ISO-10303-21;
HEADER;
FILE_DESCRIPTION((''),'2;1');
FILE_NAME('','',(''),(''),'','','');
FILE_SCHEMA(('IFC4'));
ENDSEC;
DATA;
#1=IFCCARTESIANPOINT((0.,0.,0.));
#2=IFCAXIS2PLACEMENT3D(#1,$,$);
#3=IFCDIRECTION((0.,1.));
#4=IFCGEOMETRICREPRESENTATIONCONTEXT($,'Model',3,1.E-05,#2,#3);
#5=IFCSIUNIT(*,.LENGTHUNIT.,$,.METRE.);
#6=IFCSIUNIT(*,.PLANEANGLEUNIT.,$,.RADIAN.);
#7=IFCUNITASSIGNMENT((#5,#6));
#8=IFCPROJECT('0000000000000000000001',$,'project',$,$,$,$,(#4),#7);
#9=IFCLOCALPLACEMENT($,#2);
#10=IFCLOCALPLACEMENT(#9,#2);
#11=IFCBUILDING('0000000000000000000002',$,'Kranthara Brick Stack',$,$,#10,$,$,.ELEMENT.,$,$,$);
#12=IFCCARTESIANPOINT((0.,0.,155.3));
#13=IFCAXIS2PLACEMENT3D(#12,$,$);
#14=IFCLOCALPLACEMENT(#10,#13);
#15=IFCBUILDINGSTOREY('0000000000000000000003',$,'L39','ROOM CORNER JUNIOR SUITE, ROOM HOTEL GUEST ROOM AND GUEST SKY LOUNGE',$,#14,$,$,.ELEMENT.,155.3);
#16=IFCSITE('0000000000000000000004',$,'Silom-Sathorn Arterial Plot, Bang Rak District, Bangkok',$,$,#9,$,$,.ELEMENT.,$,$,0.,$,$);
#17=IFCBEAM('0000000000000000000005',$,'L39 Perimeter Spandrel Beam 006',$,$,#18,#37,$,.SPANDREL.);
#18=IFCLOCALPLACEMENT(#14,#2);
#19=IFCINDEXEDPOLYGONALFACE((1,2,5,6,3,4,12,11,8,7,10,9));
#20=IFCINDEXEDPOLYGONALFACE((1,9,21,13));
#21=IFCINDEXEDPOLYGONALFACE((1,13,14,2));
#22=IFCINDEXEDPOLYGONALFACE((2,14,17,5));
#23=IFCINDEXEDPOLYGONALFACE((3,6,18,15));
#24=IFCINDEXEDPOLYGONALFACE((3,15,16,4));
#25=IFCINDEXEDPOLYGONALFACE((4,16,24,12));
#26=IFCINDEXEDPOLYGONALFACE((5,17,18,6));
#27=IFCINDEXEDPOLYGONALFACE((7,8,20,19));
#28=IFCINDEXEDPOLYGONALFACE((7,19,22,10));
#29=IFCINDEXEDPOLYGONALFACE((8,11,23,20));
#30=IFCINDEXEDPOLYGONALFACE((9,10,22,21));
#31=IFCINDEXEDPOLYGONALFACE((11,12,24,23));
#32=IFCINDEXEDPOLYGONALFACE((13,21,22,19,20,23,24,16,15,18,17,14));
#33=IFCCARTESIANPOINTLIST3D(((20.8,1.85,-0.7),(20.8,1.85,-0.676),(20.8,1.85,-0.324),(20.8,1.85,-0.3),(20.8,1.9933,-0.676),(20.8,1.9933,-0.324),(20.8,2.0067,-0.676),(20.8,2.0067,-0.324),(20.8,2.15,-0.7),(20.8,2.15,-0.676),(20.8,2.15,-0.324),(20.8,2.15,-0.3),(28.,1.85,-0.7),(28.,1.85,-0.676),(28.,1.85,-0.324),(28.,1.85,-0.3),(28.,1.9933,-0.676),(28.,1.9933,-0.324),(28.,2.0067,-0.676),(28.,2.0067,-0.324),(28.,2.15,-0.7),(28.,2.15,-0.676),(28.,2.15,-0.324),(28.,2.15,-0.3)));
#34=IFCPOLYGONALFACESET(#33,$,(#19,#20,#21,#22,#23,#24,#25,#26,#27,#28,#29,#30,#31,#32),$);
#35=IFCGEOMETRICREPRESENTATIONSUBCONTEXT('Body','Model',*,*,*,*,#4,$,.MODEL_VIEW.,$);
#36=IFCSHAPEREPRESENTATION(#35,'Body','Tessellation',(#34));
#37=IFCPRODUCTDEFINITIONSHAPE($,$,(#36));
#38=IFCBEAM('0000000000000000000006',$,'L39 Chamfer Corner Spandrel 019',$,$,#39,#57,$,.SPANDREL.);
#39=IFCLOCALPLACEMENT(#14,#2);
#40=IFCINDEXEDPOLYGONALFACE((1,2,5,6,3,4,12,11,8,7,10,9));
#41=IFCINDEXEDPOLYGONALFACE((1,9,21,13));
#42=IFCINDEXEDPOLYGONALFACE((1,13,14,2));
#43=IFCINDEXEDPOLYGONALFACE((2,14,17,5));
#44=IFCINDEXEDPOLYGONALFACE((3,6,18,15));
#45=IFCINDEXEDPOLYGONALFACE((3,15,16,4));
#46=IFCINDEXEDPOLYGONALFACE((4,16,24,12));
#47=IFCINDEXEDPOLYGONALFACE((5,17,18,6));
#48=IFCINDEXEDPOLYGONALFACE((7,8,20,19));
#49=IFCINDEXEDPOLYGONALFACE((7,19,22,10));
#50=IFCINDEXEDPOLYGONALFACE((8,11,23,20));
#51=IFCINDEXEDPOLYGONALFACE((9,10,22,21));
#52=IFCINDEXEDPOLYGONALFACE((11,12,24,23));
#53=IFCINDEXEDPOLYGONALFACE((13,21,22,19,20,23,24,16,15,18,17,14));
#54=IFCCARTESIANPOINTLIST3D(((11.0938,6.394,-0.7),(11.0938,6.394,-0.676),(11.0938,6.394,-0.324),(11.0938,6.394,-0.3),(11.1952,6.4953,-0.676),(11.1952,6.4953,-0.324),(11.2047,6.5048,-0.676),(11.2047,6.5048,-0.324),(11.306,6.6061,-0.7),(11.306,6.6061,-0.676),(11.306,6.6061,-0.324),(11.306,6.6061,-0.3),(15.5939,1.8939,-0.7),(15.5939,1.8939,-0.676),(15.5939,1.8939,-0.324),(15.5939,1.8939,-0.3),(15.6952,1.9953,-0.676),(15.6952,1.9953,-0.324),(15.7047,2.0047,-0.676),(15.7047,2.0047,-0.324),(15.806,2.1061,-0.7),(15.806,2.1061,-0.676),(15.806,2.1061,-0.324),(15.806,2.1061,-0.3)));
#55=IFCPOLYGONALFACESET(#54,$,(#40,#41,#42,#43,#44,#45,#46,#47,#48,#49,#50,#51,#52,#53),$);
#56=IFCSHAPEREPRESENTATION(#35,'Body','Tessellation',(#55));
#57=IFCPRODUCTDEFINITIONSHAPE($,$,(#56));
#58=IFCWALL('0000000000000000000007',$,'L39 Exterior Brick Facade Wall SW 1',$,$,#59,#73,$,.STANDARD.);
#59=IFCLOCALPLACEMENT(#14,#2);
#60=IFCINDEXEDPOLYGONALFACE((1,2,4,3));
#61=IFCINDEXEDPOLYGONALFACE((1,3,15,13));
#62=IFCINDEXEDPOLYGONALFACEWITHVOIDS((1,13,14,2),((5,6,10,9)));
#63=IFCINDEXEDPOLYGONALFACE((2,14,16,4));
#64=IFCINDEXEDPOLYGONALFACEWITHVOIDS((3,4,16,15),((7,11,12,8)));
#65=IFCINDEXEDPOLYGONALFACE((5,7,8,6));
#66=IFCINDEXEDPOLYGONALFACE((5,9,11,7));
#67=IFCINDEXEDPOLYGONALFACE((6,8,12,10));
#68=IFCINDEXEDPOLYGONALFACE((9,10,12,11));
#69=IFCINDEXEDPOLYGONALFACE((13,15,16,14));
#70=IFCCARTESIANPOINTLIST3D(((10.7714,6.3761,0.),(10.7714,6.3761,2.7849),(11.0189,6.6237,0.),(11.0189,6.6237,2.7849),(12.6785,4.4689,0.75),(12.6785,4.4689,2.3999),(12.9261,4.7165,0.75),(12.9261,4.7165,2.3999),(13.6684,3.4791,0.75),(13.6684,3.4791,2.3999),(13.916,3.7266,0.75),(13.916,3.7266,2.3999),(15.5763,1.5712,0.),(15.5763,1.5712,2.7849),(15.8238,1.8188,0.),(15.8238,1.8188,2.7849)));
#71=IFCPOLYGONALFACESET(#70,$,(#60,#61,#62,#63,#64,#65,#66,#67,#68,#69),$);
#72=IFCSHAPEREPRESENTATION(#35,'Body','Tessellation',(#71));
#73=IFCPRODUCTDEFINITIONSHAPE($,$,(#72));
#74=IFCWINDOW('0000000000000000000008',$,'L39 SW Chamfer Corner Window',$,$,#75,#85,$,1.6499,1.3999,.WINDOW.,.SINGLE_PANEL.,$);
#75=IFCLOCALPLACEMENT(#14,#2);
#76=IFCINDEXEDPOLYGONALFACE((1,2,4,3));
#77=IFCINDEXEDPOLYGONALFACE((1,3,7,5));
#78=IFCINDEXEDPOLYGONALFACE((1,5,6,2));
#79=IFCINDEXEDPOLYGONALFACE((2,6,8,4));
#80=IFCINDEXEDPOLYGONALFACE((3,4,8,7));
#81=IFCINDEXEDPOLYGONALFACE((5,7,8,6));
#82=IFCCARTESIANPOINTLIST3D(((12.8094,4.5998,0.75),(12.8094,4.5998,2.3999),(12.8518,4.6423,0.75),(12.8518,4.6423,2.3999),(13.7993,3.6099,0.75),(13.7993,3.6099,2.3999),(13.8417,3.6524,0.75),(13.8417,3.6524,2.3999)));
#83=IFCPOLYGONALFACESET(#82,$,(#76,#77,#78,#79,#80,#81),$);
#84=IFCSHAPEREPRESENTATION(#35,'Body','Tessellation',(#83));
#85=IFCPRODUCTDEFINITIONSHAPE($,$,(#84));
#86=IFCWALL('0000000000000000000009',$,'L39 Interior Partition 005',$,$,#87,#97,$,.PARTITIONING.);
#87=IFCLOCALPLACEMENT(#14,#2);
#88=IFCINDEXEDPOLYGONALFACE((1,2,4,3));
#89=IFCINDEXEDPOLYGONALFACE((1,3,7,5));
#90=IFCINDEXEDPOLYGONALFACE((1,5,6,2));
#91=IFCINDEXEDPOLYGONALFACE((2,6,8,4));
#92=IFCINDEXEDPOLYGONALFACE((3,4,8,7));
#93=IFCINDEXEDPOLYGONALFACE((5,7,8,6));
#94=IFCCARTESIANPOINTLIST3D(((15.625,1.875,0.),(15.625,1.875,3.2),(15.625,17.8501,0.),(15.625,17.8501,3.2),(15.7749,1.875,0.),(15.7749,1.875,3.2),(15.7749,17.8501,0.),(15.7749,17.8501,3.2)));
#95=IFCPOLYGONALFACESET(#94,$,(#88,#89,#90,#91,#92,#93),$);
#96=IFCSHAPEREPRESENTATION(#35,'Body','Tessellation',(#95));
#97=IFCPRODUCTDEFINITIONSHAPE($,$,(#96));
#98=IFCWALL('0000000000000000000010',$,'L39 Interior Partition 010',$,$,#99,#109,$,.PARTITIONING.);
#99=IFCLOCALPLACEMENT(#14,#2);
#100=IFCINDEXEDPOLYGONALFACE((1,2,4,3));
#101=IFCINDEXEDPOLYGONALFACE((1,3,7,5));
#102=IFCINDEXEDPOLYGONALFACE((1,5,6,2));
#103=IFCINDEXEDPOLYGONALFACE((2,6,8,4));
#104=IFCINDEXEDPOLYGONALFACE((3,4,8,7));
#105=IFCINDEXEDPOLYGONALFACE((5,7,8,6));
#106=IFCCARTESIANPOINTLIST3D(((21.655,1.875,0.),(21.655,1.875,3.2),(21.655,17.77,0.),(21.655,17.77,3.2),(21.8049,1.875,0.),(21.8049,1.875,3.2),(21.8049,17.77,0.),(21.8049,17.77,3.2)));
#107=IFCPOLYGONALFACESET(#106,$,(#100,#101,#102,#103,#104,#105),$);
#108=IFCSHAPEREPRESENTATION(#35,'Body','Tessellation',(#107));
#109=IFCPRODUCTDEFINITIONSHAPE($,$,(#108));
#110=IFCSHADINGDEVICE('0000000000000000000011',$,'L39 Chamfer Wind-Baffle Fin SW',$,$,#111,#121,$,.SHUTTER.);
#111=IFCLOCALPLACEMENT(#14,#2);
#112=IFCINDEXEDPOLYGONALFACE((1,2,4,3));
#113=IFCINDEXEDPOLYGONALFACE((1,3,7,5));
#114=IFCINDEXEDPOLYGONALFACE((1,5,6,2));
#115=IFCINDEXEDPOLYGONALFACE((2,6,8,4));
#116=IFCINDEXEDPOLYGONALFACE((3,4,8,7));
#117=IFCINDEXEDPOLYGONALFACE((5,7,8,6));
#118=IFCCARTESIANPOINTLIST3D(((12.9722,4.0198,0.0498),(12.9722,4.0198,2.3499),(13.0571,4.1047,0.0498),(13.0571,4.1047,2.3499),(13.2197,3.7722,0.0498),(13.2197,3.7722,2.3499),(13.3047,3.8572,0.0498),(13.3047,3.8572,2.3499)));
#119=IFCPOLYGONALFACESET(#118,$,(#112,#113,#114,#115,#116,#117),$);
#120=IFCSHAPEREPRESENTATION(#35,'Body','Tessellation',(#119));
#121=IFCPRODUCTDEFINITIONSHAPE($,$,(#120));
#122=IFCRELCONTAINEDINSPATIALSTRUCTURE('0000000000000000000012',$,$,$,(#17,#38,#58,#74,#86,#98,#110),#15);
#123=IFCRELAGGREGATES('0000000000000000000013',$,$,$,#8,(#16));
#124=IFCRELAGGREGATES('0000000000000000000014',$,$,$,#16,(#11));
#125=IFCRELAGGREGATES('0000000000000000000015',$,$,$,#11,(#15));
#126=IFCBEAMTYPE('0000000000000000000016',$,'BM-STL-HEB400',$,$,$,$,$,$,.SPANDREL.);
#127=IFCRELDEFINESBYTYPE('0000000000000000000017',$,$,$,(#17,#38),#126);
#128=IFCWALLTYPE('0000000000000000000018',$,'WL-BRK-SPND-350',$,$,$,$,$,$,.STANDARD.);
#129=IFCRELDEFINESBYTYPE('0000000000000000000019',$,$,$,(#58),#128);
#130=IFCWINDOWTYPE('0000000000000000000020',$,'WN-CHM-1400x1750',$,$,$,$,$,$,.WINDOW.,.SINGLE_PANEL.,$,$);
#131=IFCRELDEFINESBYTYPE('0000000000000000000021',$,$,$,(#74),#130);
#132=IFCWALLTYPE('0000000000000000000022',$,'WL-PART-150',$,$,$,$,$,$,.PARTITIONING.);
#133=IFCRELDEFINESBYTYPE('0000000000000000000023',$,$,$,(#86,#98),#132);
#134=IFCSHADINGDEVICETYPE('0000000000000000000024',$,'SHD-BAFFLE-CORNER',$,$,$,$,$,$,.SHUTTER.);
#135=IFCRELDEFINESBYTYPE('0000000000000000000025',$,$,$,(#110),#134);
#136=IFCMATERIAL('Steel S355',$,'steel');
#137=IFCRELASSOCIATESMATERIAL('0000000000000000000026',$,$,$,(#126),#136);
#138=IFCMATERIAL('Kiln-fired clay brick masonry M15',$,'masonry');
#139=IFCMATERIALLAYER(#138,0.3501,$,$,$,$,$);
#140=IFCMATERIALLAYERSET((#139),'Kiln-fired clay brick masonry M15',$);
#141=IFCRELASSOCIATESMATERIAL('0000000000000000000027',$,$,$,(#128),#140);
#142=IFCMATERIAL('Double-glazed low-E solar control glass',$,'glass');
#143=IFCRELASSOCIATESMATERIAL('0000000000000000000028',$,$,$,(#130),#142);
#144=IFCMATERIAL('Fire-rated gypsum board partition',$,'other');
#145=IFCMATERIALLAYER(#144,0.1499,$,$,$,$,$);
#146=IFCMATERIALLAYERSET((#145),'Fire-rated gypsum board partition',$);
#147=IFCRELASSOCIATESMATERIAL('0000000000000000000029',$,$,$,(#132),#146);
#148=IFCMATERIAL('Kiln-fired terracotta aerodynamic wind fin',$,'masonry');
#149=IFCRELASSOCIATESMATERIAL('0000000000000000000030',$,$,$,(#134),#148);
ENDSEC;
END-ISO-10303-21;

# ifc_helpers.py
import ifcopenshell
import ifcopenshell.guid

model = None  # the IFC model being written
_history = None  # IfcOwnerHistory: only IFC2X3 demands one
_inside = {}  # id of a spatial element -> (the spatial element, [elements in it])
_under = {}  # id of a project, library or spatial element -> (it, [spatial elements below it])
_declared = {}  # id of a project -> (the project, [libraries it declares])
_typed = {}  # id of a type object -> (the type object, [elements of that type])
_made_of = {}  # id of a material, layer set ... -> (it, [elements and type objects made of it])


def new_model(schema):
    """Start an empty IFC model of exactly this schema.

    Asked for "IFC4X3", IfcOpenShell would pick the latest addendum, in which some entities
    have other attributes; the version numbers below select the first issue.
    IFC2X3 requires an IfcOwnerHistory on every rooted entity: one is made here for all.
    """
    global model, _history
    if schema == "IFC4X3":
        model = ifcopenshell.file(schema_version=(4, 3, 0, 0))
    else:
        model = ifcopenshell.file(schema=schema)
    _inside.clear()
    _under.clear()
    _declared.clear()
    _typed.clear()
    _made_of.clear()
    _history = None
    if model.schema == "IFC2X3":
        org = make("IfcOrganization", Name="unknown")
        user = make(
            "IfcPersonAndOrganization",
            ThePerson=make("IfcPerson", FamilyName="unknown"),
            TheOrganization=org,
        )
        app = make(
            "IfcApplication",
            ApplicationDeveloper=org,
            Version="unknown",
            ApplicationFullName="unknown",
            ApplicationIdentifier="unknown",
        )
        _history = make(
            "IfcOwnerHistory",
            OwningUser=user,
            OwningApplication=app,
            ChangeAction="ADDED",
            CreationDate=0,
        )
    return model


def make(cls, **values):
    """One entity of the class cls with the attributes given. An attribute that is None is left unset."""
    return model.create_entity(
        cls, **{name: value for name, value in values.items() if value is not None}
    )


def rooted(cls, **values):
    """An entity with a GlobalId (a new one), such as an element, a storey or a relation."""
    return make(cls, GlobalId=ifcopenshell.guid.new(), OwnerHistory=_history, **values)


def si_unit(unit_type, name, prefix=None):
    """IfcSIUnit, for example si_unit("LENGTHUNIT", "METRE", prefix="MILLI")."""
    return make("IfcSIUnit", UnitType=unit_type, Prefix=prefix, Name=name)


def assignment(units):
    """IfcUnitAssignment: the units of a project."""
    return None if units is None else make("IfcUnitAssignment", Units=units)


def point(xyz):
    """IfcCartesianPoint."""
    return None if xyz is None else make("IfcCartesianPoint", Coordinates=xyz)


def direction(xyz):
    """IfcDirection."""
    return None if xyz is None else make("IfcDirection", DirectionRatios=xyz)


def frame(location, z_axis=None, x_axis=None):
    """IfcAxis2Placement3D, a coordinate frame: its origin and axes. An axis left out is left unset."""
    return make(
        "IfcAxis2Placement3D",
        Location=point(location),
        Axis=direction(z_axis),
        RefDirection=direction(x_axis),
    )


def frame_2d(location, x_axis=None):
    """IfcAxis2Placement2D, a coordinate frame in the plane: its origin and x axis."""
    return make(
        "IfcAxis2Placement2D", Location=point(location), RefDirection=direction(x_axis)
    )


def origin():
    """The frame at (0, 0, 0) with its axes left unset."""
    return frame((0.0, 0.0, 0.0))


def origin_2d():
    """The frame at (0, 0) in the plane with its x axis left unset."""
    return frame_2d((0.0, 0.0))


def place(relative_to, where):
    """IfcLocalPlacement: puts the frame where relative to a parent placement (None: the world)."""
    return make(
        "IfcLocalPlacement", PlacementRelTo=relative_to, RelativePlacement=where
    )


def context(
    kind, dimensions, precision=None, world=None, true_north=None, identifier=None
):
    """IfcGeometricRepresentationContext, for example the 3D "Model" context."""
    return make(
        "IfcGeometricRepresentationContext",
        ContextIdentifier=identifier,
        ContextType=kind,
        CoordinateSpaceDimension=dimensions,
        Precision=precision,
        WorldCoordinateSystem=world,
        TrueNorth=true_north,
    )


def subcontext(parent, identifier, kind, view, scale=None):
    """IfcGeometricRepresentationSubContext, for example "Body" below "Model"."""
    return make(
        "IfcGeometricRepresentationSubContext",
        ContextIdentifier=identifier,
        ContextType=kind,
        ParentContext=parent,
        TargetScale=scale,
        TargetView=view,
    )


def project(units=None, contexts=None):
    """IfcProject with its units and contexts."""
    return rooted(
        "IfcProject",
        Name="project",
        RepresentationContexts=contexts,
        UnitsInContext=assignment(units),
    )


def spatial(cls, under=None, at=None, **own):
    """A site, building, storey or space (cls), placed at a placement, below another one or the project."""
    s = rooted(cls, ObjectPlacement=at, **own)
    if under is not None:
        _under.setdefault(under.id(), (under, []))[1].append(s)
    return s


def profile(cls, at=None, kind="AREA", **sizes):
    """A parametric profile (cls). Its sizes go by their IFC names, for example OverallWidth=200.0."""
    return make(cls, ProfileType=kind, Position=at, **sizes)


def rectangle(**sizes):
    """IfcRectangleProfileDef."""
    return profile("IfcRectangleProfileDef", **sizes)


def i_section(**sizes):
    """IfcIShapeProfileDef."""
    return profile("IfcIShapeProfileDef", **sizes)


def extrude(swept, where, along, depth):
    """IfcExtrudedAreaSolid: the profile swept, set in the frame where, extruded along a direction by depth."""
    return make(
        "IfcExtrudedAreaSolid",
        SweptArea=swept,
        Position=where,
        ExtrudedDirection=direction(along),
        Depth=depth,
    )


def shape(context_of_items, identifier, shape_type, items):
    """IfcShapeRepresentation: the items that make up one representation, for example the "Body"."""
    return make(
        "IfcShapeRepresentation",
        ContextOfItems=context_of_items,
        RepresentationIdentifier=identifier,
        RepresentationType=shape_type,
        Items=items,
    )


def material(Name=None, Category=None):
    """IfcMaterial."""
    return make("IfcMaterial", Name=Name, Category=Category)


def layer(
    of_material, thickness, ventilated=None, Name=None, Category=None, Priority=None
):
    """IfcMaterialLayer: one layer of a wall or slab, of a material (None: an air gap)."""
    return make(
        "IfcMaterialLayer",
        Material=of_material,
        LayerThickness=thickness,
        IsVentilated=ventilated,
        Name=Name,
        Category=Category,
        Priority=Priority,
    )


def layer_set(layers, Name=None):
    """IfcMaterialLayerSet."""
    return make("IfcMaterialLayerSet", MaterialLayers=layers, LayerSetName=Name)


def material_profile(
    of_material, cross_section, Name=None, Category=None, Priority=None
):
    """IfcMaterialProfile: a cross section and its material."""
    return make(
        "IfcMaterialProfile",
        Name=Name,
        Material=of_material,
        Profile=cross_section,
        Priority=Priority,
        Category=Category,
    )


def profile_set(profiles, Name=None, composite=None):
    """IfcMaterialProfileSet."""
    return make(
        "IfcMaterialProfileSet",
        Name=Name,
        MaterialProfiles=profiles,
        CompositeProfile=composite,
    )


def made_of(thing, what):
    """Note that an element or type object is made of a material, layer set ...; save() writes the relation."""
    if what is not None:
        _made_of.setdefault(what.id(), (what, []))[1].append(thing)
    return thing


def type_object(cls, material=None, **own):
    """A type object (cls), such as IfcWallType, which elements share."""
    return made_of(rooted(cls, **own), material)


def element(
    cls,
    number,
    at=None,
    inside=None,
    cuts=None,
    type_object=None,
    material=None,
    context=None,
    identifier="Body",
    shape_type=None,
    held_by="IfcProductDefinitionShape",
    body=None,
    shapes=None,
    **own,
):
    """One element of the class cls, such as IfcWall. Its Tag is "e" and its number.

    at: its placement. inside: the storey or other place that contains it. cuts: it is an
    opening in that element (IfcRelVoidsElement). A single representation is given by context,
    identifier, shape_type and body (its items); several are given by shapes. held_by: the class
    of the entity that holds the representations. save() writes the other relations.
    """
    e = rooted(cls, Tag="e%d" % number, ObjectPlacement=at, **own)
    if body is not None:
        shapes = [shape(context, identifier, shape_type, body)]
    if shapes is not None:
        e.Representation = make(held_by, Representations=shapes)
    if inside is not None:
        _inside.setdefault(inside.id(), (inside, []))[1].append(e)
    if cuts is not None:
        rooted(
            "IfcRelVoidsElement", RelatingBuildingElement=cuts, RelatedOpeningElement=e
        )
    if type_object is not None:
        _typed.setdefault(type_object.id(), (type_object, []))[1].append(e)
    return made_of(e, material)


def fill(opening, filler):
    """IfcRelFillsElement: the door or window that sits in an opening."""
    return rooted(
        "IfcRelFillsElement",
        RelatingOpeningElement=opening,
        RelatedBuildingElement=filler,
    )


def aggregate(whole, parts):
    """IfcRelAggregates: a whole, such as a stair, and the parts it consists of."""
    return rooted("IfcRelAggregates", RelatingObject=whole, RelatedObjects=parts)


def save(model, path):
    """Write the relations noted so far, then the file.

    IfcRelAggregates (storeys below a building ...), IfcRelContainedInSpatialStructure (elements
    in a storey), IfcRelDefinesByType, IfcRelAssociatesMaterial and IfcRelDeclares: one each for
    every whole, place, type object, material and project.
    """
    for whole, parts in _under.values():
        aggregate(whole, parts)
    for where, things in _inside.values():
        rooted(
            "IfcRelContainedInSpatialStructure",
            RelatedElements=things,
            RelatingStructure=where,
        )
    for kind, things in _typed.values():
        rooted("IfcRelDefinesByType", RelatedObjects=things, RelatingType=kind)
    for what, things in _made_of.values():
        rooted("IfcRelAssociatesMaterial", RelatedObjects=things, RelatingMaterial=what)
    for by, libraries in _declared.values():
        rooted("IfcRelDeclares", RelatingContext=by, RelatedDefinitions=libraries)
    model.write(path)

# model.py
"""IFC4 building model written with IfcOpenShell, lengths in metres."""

from ifc_helpers import new_model, si_unit, direction, frame, frame_2d, origin, origin_2d, place, context, subcontext, project, spatial, rectangle, i_section, extrude, material, layer, layer_set, material_profile, profile_set, type_object, element, fill, save


model = new_model("IFC4")

# Units and contexts
model_context = context("Model", 3, precision=1e-05, world=origin(), true_north=direction((0.0, 1.0)))
body_context = subcontext(model_context, "Body", "Model", "MODEL_VIEW")
ifc_project = project(units=[si_unit("LENGTHUNIT", "METRE"), si_unit("PLANEANGLEUNIT", "RADIAN")], contexts=[model_context])

# Site, building, storey
site_placement = place(None, origin())
site = spatial("IfcSite", under=ifc_project, at=site_placement, Name="Silom-Sathorn Arterial Plot, Bang Rak District, Bangkok", CompositionType="ELEMENT", RefElevation=0.0)
building_placement = place(site_placement, origin())
building = spatial("IfcBuilding", under=site, at=building_placement, Name="Kranthara Brick Stack", CompositionType="ELEMENT")
storey_placement = place(building_placement, frame((0.0, 0.0, 155.3)))
storey = spatial("IfcBuildingStorey", under=building, at=storey_placement, Name="L39", Description="ROOM CORNER JUNIOR SUITE, ROOM HOTEL GUEST ROOM AND GUEST SKY LOUNGE", CompositionType="ELEMENT", Elevation=155.3)

# Beams
ifc_material_1 = material(Name="Steel S355", Category="steel")
ifc_material_profile_1 = material_profile(ifc_material_1, i_section(OverallWidth=0.3, OverallDepth=0.3999, WebThickness=0.0134, FlangeThickness=0.0239, at=origin_2d()), Name="HEB 400")
ifc_profile_set_1 = profile_set([ifc_material_profile_1], Name="Steel S355")
beam_type_1 = type_object("IfcBeamType", Name="BM-STL-HEB400", PredefinedType="SPANDREL", material=ifc_profile_set_1)
beam_1_placement = place(storey_placement, frame((20.8, 2.0, -0.5), z_axis=(1.0, 0.0, 0.0), x_axis=(0.0, 1.0, 0.0)))
element("IfcBeam", 1, at=beam_1_placement, inside=storey, type_object=beam_type_1, Name="L39 Perimeter Spandrel Beam 006", PredefinedType="SPANDREL", context=body_context, shape_type="SweptSolid", body=[
    extrude(i_section(OverallWidth=0.3, OverallDepth=0.3999, WebThickness=0.0134, FlangeThickness=0.0239, at=origin_2d()), origin(), (0.0, 0.0, 1.0), 7.2),
])
beam_2_placement = place(storey_placement, frame((15.7, 2.0, -0.5), z_axis=(-0.707107, 0.707107, 0.0), x_axis=(-0.707107, -0.707107, 0.0)))
element("IfcBeam", 2, at=beam_2_placement, inside=storey, type_object=beam_type_1, Name="L39 Chamfer Corner Spandrel 019", PredefinedType="SPANDREL", context=body_context, shape_type="SweptSolid", body=[
    extrude(i_section(OverallWidth=0.3, OverallDepth=0.3999, WebThickness=0.0134, FlangeThickness=0.0239, at=origin_2d()), origin(), (0.0, 0.0, 1.0), 6.364),
])

# Wall, opening, window
ifc_material_2 = material(Name="Kiln-fired clay brick masonry M15", Category="masonry")
ifc_layer_1 = layer(ifc_material_2, 0.3501)
ifc_layer_set_1 = layer_set([ifc_layer_1], Name="Kiln-fired clay brick masonry M15")
wall_type_1 = type_object("IfcWallType", Name="WL-BRK-SPND-350", PredefinedType="STANDARD", material=ifc_layer_set_1)
wall_1_placement = place(storey_placement, frame((15.7, 1.6951, 0.0), z_axis=(0.0, 0.0, 1.0), x_axis=(-0.707107, 0.707107, 0.0)))
wall_1 = element("IfcWall", 3, at=wall_1_placement, inside=storey, type_object=wall_type_1, Name="L39 Exterior Brick Facade Wall SW 1", PredefinedType="STANDARD", context=body_context, shape_type="SweptSolid", body=[
    extrude(rectangle(XDim=6.7952, YDim=0.3501, at=frame_2d((3.3975, 0.0))), origin(), (0.0, 0.0, 1.0), 2.7849),
])
opening_placement = place(wall_1_placement, frame((2.698, 0.0, 0.75)))
opening = element("IfcOpeningElement", 4, at=opening_placement, cuts=wall_1, PredefinedType="OPENING", context=body_context, shape_type="SweptSolid", body=[
    extrude(rectangle(XDim=1.3999, YDim=1.6499, at=frame_2d((0.7, 0.825))), frame((0.0, 0.1851, 0.0), z_axis=(0.0, -1.0, 0.0), x_axis=(1.0, 0.0, 0.0)), (0.0, 0.0, 1.0), 0.3701),
])
ifc_material_3 = material(Name="Double-glazed low-E solar control glass", Category="glass")
window_type = type_object("IfcWindowType", Name="WN-CHM-1400x1750", PartitioningType="SINGLE_PANEL", PredefinedType="WINDOW", material=ifc_material_3)
window_placement = place(opening_placement, origin())
window = element("IfcWindow", 5, at=window_placement, inside=storey, type_object=window_type, Name="L39 SW Chamfer Corner Window", OverallHeight=1.6499, OverallWidth=1.3999, PartitioningType="SINGLE_PANEL", PredefinedType="WINDOW", context=body_context, shape_type="SweptSolid", body=[
    extrude(rectangle(XDim=1.3999, YDim=1.6499, at=frame_2d((0.7, 0.825))), frame((0.0, -0.01, 0.0), z_axis=(0.0, -1.0, 0.0), x_axis=(1.0, 0.0, 0.0)), (0.0, 0.0, 1.0), 0.0601),
])
fill(opening, window)

# Walls
ifc_material_4 = material(Name="Fire-rated gypsum board partition", Category="other")
ifc_layer_2 = layer(ifc_material_4, 0.1499)
ifc_layer_set_2 = layer_set([ifc_layer_2], Name="Fire-rated gypsum board partition")
wall_type_2 = type_object("IfcWallType", Name="WL-PART-150", PredefinedType="PARTITIONING", material=ifc_layer_set_2)
wall_2_placement = place(storey_placement, frame((15.7, 1.875, 0.0), z_axis=(0.0, 0.0, 1.0), x_axis=(0.0, 1.0, 0.0)))
element("IfcWall", 6, at=wall_2_placement, inside=storey, type_object=wall_type_2, Name="L39 Interior Partition 005", PredefinedType="PARTITIONING", context=body_context, shape_type="SweptSolid", body=[
    extrude(rectangle(XDim=15.9751, YDim=0.1499, at=frame_2d((7.9875, 0.0))), origin(), (0.0, 0.0, 1.0), 3.2),
])
wall_3_placement = place(storey_placement, frame((21.73, 1.875, 0.0), z_axis=(0.0, 0.0, 1.0), x_axis=(0.0, 1.0, 0.0)))
element("IfcWall", 7, at=wall_3_placement, inside=storey, type_object=wall_type_2, Name="L39 Interior Partition 010", PredefinedType="PARTITIONING", context=body_context, shape_type="SweptSolid", body=[
    extrude(rectangle(XDim=15.895, YDim=0.1499, at=frame_2d((7.9475, 0.0))), origin(), (0.0, 0.0, 1.0), 3.2),
])

# Shading device
ifc_material_5 = material(Name="Kiln-fired terracotta aerodynamic wind fin", Category="masonry")
shading_device_type = type_object("IfcShadingDeviceType", Name="SHD-BAFFLE-CORNER", PredefinedType="SHUTTER", material=ifc_material_5)
shading_device_placement = place(storey_placement, frame((13.1384, 3.9385, 0.0498), z_axis=(0.0, 0.0, 1.0), x_axis=(-0.707107, 0.707107, 0.0)))
element("IfcShadingDevice", 8, at=shading_device_placement, inside=storey, type_object=shading_device_type, Name="L39 Chamfer Wind-Baffle Fin SW", PredefinedType="SHUTTER", context=body_context, shape_type="SweptSolid", body=[
    extrude(rectangle(XDim=0.3501, YDim=0.1201, at=origin_2d()), origin(), (0.0, 0.0, 1.0), 2.3),
])

save(model, "model.ifc")
